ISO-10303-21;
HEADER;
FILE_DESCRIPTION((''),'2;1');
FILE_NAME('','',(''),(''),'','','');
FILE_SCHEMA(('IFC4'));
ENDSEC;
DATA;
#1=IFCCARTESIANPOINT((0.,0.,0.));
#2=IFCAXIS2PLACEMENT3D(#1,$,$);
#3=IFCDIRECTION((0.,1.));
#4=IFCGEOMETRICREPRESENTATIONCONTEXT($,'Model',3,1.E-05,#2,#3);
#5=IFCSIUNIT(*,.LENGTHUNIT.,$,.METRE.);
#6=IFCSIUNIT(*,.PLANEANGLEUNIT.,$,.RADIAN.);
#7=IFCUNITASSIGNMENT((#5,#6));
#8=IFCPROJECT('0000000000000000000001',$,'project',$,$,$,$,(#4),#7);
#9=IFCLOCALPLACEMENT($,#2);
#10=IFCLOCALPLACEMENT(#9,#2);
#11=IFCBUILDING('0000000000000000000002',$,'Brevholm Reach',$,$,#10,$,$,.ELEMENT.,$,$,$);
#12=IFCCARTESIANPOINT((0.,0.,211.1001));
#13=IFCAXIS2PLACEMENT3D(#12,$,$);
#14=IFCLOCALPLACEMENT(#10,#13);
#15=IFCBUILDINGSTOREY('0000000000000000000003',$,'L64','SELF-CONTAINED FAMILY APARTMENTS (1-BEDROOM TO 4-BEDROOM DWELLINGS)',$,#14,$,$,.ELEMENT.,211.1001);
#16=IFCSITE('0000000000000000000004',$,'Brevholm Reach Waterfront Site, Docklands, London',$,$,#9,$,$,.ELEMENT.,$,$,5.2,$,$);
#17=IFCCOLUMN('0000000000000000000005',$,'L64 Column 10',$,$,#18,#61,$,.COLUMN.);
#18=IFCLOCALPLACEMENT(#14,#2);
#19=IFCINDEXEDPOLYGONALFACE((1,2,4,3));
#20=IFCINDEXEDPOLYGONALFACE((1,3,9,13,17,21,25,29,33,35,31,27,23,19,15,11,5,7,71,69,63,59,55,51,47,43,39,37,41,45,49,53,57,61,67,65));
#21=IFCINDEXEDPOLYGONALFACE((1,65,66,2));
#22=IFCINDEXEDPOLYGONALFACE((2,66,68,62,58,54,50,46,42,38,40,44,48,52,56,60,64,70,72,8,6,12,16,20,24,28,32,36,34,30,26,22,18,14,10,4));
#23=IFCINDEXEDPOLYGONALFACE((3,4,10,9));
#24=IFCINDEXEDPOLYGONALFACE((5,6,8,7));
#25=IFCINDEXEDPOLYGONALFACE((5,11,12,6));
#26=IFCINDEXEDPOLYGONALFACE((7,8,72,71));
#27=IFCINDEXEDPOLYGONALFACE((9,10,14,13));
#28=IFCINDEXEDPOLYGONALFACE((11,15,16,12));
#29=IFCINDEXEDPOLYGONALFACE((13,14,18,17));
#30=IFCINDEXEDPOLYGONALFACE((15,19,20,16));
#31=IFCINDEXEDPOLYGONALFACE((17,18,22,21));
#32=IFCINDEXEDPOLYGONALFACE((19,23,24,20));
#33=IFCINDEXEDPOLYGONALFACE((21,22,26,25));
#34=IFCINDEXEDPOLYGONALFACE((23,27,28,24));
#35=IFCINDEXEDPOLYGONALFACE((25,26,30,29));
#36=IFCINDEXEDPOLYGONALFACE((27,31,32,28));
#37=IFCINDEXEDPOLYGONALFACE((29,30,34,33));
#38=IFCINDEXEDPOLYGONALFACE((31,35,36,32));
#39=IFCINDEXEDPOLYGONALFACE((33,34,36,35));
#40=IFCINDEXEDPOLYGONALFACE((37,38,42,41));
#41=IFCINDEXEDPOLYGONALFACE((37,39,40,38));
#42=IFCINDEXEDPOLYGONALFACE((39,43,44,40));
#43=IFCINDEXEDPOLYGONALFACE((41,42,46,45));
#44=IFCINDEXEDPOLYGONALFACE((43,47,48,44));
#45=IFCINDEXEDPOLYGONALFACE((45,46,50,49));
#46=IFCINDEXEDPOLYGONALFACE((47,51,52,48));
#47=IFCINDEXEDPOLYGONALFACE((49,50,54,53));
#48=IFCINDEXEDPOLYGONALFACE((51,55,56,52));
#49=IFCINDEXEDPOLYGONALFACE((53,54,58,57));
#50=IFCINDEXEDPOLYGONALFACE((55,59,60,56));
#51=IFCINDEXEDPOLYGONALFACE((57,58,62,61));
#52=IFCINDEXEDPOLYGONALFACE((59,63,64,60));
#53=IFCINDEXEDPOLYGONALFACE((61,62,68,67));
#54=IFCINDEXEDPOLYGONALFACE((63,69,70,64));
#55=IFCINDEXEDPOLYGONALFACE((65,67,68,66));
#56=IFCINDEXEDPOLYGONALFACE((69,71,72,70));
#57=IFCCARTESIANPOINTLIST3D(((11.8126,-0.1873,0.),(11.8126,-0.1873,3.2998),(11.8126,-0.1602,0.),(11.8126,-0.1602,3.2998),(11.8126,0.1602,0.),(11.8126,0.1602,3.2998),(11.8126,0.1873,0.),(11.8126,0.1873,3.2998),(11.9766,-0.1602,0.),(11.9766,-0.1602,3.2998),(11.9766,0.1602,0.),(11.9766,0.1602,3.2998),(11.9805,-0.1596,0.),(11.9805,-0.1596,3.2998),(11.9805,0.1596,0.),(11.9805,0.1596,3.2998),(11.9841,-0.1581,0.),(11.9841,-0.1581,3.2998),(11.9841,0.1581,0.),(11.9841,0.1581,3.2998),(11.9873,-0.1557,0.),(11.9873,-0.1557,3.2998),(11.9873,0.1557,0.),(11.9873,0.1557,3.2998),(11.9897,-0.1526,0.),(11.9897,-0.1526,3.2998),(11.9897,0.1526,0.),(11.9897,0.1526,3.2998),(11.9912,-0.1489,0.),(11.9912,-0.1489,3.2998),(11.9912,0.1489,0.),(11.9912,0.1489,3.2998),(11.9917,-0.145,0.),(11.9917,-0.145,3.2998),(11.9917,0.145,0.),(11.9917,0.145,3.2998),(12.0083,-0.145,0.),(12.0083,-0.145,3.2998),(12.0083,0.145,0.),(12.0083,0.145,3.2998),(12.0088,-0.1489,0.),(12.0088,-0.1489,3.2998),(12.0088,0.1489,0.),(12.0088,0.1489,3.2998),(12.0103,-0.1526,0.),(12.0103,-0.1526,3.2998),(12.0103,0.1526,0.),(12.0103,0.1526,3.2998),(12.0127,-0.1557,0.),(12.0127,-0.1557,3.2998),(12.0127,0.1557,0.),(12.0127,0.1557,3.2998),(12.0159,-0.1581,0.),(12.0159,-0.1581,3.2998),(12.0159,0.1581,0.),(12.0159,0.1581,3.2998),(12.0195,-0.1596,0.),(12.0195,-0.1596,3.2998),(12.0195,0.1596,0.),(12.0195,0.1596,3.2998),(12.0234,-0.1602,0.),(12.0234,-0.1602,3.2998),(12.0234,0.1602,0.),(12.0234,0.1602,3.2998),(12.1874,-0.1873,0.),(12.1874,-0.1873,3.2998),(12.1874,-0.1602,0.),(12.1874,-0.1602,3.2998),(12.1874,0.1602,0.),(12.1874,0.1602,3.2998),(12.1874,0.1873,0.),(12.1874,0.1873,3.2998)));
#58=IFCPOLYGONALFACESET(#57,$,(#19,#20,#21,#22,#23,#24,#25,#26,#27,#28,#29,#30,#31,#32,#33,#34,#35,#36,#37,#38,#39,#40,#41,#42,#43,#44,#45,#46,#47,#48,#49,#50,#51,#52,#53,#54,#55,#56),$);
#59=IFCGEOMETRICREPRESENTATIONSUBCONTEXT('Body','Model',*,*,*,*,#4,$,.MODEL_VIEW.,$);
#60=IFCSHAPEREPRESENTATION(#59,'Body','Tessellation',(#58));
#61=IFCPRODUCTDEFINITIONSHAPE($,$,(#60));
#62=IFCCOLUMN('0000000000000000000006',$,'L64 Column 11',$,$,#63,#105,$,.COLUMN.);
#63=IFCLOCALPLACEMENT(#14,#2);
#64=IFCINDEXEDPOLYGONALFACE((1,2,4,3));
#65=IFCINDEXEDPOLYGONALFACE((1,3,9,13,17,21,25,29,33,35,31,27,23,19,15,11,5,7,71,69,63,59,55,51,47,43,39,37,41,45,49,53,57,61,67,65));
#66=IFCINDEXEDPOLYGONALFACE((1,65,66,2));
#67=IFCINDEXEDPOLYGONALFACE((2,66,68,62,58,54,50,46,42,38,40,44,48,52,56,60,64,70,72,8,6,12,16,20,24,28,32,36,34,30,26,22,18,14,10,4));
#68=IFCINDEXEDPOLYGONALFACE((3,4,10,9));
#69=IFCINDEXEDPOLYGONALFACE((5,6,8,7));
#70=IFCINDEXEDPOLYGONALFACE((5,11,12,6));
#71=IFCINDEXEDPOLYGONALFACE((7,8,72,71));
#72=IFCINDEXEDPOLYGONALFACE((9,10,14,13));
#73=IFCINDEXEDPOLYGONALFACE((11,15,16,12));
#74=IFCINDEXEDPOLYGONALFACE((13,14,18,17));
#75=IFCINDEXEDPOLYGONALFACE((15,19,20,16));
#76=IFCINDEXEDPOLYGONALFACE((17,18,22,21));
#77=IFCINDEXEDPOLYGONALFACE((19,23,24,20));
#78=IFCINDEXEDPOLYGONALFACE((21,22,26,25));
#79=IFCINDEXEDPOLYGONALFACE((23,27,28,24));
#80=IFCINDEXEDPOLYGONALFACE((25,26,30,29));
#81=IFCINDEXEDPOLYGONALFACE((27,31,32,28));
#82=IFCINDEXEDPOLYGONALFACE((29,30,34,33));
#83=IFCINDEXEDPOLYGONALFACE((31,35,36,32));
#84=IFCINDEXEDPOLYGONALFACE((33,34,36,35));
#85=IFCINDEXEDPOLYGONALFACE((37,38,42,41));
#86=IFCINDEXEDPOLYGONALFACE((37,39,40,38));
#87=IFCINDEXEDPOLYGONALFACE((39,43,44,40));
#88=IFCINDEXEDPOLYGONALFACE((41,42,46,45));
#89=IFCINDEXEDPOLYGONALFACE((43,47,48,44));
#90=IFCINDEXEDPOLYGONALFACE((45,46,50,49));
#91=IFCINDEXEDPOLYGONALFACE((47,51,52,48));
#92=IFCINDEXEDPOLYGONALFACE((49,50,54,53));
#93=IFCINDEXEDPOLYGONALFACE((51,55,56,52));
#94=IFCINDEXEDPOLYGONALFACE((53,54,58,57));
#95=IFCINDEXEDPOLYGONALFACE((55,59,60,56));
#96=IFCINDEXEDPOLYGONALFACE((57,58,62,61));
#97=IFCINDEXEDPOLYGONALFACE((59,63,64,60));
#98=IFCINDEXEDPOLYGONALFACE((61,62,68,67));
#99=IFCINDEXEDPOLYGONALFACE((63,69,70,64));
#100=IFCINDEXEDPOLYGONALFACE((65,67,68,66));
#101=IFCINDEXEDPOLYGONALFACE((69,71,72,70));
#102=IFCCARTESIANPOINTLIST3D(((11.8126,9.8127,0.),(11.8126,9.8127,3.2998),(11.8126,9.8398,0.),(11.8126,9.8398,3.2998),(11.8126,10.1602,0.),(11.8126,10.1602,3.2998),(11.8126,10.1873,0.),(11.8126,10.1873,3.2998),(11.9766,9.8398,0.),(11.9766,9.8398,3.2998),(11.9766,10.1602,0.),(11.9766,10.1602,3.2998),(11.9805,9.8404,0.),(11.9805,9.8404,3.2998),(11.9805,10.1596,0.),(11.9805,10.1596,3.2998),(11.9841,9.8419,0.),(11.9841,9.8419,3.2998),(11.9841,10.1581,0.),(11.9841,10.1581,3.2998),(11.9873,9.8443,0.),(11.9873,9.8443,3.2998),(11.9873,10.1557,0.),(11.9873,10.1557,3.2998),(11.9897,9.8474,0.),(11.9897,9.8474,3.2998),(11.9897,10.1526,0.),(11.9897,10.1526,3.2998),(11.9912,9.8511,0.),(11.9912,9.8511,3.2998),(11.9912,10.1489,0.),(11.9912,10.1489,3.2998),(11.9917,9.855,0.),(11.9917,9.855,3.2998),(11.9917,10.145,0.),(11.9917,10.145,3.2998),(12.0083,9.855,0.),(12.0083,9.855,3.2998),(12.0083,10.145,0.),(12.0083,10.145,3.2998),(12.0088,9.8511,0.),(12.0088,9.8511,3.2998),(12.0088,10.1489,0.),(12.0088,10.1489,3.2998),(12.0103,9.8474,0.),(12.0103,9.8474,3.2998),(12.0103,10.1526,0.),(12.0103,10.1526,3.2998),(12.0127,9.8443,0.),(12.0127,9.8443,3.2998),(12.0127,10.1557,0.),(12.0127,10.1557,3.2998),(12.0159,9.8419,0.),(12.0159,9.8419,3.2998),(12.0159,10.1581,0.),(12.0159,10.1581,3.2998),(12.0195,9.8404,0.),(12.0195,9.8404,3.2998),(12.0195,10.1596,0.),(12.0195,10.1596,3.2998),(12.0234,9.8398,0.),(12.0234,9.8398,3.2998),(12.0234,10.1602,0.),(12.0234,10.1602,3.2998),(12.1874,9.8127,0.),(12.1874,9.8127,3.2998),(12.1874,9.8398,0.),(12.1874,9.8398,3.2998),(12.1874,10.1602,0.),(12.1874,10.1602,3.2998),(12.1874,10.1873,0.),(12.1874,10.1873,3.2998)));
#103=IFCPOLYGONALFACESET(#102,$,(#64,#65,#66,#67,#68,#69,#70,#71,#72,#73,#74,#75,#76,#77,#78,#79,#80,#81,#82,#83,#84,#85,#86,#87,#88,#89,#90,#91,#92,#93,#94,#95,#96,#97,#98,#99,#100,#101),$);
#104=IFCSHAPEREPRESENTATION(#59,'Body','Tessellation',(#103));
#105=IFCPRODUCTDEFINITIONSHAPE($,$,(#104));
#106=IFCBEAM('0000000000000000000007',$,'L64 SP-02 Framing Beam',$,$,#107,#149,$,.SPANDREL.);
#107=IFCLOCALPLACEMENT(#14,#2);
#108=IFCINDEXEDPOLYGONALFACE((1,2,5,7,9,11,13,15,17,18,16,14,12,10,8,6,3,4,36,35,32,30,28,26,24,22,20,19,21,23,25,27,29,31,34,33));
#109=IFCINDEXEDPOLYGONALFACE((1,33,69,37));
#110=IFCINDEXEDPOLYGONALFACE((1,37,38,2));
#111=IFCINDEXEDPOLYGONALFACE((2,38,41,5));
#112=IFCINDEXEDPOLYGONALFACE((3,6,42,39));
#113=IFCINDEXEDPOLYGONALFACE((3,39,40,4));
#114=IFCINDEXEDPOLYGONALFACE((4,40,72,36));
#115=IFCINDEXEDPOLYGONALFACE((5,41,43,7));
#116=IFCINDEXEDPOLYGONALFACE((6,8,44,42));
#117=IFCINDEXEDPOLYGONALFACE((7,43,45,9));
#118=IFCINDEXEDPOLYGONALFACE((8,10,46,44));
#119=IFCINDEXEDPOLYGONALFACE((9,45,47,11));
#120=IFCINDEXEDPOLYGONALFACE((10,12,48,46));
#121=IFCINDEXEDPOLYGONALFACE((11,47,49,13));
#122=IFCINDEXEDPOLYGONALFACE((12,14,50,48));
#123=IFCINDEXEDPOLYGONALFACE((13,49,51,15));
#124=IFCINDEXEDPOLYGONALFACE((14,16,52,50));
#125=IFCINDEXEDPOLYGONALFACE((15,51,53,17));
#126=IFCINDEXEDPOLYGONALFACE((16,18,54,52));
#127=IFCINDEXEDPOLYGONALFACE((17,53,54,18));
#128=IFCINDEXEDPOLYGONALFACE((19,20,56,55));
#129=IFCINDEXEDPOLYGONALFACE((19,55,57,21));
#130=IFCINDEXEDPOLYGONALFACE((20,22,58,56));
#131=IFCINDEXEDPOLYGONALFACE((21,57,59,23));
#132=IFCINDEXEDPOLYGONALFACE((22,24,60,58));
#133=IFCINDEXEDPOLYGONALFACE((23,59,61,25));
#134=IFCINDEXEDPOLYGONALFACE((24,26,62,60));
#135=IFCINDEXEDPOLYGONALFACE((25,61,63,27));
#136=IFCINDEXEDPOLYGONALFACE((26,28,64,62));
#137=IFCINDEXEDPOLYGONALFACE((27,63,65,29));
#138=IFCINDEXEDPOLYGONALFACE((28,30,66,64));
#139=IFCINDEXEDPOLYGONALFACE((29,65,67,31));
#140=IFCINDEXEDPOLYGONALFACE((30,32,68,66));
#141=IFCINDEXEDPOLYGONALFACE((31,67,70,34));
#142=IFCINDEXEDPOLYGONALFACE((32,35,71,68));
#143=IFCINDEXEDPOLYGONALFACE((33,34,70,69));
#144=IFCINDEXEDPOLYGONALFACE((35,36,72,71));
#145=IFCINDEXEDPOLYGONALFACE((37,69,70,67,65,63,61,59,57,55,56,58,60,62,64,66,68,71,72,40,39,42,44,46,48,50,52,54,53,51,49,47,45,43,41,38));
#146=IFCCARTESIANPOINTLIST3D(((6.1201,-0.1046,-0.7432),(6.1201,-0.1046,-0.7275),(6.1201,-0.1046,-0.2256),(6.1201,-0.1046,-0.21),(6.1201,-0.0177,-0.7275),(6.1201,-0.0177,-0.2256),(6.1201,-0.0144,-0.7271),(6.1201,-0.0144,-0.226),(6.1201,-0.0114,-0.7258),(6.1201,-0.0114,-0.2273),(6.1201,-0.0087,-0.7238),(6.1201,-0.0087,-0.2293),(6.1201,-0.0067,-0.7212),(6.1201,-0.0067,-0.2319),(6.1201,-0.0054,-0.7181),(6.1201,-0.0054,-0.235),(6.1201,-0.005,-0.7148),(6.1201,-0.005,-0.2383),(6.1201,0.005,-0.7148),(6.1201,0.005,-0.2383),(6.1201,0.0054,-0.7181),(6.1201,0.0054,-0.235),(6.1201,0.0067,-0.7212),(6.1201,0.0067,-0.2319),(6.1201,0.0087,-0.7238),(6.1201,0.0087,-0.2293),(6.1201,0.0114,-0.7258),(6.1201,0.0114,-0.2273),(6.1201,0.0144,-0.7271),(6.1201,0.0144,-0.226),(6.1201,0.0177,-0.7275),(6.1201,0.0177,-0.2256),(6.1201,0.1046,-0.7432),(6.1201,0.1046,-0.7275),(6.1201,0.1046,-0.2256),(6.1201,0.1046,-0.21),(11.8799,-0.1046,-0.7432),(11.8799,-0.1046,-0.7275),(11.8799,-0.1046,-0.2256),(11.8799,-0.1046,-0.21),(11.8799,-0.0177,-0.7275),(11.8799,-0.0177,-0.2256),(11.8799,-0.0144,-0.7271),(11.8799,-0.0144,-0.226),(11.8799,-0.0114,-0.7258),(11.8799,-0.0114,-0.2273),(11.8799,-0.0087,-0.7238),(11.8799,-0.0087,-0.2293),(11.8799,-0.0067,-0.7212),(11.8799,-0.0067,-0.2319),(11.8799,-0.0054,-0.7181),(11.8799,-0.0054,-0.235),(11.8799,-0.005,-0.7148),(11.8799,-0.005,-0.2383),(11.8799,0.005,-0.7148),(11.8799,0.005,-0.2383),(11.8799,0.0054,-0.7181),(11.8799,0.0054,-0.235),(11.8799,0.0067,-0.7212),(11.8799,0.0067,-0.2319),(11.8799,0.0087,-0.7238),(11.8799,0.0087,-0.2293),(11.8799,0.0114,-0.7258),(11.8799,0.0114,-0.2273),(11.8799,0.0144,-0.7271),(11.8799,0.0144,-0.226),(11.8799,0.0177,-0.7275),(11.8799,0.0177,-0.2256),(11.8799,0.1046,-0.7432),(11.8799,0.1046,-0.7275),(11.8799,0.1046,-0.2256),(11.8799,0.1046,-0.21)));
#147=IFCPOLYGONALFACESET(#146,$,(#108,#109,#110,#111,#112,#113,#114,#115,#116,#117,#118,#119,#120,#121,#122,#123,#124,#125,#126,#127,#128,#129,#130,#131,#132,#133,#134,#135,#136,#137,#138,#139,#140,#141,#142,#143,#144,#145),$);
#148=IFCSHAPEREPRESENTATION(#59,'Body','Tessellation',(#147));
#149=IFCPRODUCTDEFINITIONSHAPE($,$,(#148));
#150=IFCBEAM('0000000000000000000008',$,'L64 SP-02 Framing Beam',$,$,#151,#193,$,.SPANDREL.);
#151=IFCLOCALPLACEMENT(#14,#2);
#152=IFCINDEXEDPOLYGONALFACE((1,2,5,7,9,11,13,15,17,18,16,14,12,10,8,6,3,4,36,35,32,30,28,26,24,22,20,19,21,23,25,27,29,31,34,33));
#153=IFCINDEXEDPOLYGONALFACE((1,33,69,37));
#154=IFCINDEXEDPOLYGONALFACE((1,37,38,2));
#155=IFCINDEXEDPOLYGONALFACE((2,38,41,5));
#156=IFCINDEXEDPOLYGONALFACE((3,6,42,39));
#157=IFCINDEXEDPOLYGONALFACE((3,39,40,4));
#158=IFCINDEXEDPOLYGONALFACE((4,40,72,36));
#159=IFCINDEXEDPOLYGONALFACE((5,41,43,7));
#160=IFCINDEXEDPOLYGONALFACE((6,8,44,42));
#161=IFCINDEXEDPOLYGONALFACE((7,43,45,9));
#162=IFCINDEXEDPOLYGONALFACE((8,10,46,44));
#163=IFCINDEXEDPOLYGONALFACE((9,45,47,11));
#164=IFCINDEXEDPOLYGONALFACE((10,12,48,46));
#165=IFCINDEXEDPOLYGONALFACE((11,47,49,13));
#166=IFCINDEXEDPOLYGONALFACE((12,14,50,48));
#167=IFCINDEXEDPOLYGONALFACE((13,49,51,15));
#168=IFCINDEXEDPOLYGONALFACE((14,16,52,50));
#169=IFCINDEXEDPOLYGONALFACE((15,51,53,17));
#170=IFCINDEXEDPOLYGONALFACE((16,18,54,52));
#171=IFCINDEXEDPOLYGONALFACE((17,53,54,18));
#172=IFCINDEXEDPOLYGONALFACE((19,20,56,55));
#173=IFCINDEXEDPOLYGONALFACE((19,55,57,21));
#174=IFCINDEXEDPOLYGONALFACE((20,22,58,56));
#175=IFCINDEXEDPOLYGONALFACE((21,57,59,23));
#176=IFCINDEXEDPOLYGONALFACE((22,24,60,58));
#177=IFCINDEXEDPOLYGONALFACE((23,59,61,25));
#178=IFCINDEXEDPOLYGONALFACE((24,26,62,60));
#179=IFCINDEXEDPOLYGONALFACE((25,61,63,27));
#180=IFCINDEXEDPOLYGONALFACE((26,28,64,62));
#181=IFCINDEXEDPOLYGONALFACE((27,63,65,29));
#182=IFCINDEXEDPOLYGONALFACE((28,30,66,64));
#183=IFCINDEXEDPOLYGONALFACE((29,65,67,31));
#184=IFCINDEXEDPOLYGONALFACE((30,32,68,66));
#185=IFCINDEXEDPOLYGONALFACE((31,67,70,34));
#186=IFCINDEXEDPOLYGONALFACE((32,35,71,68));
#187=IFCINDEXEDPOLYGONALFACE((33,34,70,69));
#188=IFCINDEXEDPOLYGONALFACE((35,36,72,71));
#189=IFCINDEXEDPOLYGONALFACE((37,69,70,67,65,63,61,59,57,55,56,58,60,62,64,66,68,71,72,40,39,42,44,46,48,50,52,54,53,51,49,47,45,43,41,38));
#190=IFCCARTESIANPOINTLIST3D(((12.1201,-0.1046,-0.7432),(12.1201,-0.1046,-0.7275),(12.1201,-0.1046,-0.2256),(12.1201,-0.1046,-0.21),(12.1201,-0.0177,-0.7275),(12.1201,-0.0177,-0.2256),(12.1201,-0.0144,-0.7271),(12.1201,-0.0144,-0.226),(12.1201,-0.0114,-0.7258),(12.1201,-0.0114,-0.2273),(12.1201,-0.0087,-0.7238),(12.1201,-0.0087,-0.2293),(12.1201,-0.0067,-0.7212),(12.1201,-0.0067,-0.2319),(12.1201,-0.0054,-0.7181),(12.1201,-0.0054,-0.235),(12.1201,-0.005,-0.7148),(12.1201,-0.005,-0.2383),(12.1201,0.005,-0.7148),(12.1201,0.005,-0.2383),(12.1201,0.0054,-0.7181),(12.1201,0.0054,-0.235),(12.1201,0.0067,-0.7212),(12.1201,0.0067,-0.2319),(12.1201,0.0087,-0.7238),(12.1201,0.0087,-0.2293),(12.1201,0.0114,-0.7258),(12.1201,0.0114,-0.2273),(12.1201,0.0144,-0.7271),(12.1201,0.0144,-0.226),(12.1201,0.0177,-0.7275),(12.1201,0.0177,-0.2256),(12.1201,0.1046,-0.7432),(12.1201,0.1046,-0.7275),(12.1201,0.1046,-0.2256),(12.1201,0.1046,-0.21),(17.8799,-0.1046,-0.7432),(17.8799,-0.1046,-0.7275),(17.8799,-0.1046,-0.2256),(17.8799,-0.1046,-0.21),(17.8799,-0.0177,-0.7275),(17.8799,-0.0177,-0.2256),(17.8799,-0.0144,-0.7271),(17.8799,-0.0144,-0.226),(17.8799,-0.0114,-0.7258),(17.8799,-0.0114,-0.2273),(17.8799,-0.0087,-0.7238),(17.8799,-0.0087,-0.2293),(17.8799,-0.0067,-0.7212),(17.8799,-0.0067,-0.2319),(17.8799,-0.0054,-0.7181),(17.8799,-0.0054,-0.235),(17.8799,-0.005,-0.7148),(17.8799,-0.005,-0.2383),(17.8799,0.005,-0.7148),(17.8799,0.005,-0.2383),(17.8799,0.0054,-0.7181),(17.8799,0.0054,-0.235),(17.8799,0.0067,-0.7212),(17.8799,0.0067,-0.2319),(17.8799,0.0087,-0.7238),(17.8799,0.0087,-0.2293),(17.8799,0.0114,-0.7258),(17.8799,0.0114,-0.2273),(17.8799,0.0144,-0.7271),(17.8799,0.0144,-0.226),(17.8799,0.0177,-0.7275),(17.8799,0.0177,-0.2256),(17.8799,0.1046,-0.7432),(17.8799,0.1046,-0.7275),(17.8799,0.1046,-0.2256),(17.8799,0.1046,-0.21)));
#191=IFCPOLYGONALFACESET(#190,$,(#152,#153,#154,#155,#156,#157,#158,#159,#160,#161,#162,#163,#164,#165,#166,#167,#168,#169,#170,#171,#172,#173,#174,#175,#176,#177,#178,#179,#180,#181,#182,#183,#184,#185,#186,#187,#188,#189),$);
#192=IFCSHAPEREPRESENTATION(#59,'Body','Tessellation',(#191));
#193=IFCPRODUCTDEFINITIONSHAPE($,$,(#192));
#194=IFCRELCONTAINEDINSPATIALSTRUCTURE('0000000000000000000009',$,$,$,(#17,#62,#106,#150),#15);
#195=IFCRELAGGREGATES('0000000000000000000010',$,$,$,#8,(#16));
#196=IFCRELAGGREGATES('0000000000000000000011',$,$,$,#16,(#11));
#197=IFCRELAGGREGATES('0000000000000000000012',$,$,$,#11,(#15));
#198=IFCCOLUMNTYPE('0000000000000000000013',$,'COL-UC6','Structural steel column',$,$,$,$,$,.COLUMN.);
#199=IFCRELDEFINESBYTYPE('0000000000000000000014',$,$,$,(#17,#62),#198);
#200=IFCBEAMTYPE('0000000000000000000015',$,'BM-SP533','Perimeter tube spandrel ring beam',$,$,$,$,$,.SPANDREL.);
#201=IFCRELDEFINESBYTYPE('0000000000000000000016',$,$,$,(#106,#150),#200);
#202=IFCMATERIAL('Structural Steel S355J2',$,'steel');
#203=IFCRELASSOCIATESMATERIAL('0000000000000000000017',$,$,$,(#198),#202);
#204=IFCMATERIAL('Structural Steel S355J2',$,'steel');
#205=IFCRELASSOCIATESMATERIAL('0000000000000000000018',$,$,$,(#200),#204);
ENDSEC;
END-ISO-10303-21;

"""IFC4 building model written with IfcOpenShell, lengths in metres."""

from ifc_helpers import new_model, si_unit, direction, frame, origin, origin_2d, place, context, subcontext, project, spatial, i_section, extrude, material, material_profile, profile_set, type_object, element, save


model = new_model("IFC4")

# Units and contexts
model_context = context("Model", 3, precision=1e-05, world=origin(), true_north=direction((0.0, 1.0)))
body_context = subcontext(model_context, "Body", "Model", "MODEL_VIEW")
ifc_project = project(units=[si_unit("LENGTHUNIT", "METRE"), si_unit("PLANEANGLEUNIT", "RADIAN")], contexts=[model_context])

# Site, building, storey
site_placement = place(None, origin())
site = spatial("IfcSite", under=ifc_project, at=site_placement, Name="Brevholm Reach Waterfront Site, Docklands, London", CompositionType="ELEMENT", RefElevation=5.2)
building_placement = place(site_placement, origin())
building = spatial("IfcBuilding", under=site, at=building_placement, Name="Brevholm Reach", CompositionType="ELEMENT")
storey_placement = place(building_placement, frame((0.0, 0.0, 211.1001)))
storey = spatial("IfcBuildingStorey", under=building, at=storey_placement, Name="L64", Description="SELF-CONTAINED FAMILY APARTMENTS (1-BEDROOM TO 4-BEDROOM DWELLINGS)", CompositionType="ELEMENT", Elevation=211.1001)

# Columns
ifc_material_1 = material(Name="Structural Steel S355J2", Category="steel")
ifc_material_profile_1 = material_profile(ifc_material_1, i_section(OverallWidth=0.3748, OverallDepth=0.3745, WebThickness=0.0166, FlangeThickness=0.0271, FilletRadius=0.0151, at=origin_2d()), Name="UKC 356x368x202")
ifc_profile_set_1 = profile_set([ifc_material_profile_1], Name="Structural Steel S355J2")
column_type = type_object("IfcColumnType", Name="COL-UC6", Description="Structural steel column", PredefinedType="COLUMN", material=ifc_profile_set_1)
for number, where, z_axis, x_axis, name in (
    (1, (12.0, 0.0, 0.0), (0.0, 0.0, 1.0), (1.0, 0.0, 0.0), "L64 Column 10"),
    (2, (12.0, 10.0, 0.0), (0.0, 0.0, 1.0), (1.0, 0.0, 0.0), "L64 Column 11"),
):
    element("IfcColumn", number, at=place(storey_placement, frame(where, z_axis=z_axis, x_axis=x_axis)), inside=storey, type_object=column_type, Name=name, PredefinedType="COLUMN", context=body_context, shape_type="SweptSolid", body=[
        extrude(i_section(OverallWidth=0.3748, OverallDepth=0.3745, WebThickness=0.0166, FlangeThickness=0.0271, FilletRadius=0.0151, at=origin_2d()), origin(), (0.0, 0.0, 1.0), 3.2998),
    ])

# Beams
ifc_material_2 = material(Name="Structural Steel S355J2", Category="steel")
ifc_material_profile_2 = material_profile(ifc_material_2, i_section(OverallWidth=0.2092, OverallDepth=0.5332, WebThickness=0.01, FlangeThickness=0.0156, FilletRadius=0.0127, at=origin_2d()), Name="UKB 533x210x92")
ifc_profile_set_2 = profile_set([ifc_material_profile_2], Name="Structural Steel S355J2")
beam_type_1 = type_object("IfcBeamType", Name="BM-SP533", Description="Perimeter tube spandrel ring beam", PredefinedType="SPANDREL", material=ifc_profile_set_2)
for number, where, z_axis, x_axis, name in (
    (3, (6.1201, 0.0, -0.4766), (1.0, 0.0, 0.0), (0.0, 1.0, 0.0), "L64 SP-02 Framing Beam"),
    (4, (12.1201, 0.0, -0.4766), (1.0, 0.0, 0.0), (0.0, 1.0, 0.0), "L64 SP-02 Framing Beam"),
):
    element("IfcBeam", number, at=place(storey_placement, frame(where, z_axis=z_axis, x_axis=x_axis)), inside=storey, type_object=beam_type_1, Name=name, PredefinedType="SPANDREL", context=body_context, shape_type="SweptSolid", body=[
        extrude(i_section(OverallWidth=0.2092, OverallDepth=0.5332, WebThickness=0.01, FlangeThickness=0.0156, FilletRadius=0.0127, at=origin_2d()), origin(), (0.0, 0.0, 1.0), 5.7598),
    ])

save(model, "model.ifc")
